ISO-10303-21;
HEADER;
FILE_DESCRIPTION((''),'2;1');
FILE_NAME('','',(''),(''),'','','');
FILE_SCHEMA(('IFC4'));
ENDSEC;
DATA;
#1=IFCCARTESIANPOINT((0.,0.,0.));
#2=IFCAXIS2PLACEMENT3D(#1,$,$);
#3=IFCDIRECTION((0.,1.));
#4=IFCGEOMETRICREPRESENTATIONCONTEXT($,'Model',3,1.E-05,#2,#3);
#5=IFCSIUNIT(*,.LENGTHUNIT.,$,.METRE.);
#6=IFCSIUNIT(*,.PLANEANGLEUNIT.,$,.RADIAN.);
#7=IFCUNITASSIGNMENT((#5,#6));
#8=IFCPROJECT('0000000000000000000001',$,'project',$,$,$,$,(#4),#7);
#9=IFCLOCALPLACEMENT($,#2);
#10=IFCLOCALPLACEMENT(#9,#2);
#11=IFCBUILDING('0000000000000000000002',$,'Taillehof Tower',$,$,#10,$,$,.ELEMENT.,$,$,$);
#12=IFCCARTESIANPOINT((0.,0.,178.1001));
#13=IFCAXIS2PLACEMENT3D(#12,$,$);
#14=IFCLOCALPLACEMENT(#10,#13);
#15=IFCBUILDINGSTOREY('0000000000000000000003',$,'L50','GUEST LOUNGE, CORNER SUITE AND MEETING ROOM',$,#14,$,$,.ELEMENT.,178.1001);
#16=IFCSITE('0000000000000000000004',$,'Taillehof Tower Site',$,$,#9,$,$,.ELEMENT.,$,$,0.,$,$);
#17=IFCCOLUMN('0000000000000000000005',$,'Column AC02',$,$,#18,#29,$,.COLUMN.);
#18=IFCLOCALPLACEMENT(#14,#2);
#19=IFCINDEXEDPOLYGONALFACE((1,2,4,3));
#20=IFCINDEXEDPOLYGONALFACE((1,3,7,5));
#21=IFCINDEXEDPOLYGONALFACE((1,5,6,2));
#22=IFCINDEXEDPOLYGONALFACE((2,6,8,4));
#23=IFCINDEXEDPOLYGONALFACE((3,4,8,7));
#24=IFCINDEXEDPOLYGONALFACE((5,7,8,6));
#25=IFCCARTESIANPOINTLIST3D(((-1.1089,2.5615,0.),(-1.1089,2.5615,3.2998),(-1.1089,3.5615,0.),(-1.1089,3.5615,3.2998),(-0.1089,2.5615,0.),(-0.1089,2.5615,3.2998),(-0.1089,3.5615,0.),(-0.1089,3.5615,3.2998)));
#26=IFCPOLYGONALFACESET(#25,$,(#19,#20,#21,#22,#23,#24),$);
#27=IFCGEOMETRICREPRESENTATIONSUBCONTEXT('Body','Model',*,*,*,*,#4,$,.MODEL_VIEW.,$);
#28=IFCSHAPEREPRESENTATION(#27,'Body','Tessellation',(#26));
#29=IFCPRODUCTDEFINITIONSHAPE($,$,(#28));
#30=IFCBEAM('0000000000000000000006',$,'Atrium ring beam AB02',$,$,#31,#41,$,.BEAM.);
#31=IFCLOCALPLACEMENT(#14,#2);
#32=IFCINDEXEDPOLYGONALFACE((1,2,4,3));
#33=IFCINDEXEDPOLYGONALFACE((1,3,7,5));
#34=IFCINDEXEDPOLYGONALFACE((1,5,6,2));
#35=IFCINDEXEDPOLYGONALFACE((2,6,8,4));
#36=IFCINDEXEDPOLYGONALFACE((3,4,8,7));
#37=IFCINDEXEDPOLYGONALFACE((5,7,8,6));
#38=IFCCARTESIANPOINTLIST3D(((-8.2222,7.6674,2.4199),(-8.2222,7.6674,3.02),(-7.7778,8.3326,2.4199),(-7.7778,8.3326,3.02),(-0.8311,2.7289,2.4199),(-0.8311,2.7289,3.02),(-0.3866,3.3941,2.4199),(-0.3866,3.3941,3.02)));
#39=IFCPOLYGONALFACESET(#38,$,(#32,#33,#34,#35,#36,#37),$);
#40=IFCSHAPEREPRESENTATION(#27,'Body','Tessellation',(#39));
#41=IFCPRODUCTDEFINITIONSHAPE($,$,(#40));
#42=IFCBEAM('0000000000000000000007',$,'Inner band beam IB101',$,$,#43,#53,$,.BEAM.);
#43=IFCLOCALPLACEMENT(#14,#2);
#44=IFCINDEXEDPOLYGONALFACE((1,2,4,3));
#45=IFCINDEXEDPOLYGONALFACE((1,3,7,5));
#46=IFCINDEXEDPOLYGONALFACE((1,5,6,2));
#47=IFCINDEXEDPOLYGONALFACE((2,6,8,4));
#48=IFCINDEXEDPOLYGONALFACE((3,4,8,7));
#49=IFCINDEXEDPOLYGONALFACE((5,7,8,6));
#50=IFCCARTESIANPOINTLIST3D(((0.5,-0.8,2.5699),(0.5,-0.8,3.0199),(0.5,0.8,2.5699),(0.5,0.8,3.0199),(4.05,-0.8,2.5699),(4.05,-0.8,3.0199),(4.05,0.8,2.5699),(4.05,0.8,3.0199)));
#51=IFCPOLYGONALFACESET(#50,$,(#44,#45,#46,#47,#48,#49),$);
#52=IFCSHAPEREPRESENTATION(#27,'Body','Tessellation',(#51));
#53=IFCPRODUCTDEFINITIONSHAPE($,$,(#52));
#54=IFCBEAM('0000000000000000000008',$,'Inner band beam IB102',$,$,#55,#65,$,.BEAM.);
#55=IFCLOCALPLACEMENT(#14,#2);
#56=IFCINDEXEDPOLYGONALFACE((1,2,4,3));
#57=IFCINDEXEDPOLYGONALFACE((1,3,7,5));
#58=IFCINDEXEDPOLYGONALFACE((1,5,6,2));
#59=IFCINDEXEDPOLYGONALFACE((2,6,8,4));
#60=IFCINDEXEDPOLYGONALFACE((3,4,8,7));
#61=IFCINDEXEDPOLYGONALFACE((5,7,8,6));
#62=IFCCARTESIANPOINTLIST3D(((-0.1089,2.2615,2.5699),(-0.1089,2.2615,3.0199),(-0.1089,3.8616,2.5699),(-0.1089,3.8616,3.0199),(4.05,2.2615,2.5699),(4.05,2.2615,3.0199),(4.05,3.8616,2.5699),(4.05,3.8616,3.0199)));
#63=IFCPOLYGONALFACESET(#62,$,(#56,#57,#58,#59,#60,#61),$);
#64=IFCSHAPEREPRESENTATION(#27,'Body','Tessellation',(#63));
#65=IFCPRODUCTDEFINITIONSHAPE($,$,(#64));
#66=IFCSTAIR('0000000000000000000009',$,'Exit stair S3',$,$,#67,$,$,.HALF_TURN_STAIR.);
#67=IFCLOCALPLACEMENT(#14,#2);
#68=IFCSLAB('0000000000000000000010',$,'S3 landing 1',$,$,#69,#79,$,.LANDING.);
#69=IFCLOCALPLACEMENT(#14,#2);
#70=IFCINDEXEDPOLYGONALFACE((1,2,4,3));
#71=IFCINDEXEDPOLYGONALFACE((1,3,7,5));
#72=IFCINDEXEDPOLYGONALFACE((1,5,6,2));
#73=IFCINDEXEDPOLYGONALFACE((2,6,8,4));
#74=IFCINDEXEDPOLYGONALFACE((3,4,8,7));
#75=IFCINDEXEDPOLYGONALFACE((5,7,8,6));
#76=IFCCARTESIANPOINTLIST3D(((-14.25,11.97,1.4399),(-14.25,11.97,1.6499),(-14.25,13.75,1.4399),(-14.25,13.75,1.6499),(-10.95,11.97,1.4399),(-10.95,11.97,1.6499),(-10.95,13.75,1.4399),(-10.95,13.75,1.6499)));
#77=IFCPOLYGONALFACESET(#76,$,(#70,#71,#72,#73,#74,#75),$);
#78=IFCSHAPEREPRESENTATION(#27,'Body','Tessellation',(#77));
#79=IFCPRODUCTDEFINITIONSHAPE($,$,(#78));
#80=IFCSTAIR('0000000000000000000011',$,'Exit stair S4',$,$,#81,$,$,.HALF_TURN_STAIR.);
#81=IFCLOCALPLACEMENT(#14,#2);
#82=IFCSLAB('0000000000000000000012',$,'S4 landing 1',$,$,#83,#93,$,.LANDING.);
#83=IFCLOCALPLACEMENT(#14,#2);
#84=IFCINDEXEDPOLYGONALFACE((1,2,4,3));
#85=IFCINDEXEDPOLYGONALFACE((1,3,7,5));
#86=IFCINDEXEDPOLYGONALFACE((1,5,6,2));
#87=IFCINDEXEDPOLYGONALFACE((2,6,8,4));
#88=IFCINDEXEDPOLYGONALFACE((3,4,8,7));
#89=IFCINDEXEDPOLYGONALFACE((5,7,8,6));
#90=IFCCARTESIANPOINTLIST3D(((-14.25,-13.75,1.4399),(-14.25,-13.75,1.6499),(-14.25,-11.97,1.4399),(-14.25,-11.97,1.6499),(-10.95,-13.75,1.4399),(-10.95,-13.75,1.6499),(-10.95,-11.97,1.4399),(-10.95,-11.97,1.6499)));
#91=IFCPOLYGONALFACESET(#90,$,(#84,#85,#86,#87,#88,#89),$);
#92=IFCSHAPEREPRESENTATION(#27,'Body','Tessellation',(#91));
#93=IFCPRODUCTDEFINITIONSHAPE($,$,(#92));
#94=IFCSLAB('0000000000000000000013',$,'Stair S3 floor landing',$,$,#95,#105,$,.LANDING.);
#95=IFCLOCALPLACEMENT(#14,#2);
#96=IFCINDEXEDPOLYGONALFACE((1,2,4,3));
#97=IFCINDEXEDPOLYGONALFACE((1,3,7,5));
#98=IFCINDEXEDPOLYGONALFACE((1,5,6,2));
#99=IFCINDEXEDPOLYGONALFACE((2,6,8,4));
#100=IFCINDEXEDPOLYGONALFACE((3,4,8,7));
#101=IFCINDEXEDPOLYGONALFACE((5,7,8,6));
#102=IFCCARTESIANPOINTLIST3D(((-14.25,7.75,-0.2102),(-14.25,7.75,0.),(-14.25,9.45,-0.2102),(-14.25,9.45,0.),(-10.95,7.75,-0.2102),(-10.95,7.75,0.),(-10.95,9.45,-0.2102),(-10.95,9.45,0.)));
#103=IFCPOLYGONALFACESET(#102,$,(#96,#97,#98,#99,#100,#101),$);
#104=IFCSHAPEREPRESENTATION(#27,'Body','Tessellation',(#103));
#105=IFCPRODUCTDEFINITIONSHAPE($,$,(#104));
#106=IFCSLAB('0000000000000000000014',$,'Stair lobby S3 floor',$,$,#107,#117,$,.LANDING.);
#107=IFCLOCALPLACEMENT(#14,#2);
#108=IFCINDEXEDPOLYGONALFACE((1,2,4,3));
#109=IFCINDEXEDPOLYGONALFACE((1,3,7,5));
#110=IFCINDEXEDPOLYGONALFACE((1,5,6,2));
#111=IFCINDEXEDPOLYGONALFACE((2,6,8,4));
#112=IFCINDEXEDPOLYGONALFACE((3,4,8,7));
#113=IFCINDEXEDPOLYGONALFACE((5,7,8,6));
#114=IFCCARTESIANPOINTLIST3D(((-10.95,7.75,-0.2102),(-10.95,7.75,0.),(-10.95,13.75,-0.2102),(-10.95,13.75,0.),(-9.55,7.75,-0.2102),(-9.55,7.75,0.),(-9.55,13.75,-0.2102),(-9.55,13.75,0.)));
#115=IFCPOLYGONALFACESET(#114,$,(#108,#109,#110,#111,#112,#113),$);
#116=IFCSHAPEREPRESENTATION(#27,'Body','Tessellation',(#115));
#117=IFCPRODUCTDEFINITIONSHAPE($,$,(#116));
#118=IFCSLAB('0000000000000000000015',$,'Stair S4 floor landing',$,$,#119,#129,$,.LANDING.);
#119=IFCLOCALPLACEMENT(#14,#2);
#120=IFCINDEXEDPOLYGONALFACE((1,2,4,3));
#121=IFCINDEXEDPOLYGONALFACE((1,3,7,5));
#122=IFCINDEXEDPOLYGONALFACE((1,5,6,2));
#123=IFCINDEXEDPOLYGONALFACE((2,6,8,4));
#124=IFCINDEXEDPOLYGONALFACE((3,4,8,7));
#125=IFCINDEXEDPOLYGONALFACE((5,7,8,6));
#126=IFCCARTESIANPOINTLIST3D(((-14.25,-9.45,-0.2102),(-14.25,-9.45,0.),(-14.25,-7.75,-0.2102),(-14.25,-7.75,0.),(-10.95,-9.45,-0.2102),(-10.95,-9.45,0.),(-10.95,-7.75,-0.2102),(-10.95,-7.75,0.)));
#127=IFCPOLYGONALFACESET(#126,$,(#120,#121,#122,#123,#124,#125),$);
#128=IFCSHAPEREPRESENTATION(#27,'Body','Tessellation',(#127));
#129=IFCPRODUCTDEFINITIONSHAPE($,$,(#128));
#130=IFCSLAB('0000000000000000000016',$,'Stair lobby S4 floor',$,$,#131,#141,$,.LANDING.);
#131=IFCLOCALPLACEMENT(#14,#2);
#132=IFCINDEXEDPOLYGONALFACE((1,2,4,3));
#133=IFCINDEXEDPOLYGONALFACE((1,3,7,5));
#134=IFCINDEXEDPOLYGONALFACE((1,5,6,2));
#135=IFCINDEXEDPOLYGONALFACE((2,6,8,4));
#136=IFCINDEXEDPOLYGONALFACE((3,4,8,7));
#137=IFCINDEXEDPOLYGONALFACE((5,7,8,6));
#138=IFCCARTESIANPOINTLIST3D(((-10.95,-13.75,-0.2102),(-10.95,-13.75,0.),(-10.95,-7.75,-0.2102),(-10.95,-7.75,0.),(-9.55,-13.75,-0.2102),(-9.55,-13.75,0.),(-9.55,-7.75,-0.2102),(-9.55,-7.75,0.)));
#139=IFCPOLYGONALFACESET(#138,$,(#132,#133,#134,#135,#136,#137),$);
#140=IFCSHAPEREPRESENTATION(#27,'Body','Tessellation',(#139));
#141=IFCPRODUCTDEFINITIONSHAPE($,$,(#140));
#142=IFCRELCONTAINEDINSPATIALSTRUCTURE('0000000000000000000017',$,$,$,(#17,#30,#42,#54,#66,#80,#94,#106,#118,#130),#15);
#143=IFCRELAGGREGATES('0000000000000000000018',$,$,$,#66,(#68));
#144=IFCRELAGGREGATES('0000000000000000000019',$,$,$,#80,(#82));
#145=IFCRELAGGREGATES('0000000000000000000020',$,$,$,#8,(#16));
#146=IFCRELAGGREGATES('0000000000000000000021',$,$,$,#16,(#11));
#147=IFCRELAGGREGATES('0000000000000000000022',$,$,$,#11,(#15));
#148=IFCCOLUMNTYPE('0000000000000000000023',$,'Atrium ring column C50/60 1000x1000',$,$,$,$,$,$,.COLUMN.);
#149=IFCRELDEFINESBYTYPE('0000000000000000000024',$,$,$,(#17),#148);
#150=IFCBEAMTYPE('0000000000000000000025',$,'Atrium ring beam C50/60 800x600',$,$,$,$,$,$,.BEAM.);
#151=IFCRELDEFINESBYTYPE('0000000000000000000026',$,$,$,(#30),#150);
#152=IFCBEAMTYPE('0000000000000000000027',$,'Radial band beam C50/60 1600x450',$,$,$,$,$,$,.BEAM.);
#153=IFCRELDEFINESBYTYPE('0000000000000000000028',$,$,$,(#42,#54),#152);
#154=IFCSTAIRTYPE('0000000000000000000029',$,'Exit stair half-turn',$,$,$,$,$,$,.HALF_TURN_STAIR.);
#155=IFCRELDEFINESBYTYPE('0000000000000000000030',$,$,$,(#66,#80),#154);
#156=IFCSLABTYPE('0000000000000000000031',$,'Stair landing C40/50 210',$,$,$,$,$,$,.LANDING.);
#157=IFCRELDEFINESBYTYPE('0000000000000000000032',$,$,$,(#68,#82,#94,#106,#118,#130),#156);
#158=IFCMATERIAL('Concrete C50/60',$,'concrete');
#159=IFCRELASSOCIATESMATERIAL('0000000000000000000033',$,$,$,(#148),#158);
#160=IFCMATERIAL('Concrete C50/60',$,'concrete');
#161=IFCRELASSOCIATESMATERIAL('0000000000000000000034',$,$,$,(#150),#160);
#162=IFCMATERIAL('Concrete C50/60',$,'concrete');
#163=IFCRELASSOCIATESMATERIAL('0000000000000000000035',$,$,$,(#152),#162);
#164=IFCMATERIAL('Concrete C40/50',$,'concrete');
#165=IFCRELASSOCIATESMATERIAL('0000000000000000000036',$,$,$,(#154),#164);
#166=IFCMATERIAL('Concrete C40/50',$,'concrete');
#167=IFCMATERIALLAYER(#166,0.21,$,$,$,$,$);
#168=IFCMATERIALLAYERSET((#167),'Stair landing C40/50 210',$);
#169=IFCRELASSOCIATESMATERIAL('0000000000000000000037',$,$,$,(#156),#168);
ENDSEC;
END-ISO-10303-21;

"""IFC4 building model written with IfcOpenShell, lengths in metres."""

from ifc_helpers import new_model, si_unit, direction, frame, origin, origin_2d, place, context, subcontext, project, spatial, polyline, rectangle, outline, extrude, material, layer, layer_set, material_profile, profile_set, type_object, element, aggregate, save


model = new_model("IFC4")

# Units and contexts
model_context = context("Model", 3, precision=1e-05, world=origin(), true_north=direction((0.0, 1.0)))
body_context = subcontext(model_context, "Body", "Model", "MODEL_VIEW")
ifc_project = project(units=[si_unit("LENGTHUNIT", "METRE"), si_unit("PLANEANGLEUNIT", "RADIAN")], contexts=[model_context])

# Site, building, storey
site_placement = place(None, origin())
site = spatial("IfcSite", under=ifc_project, at=site_placement, Name="Taillehof Tower Site", CompositionType="ELEMENT", RefElevation=0.0)
building_placement = place(site_placement, origin())
building = spatial("IfcBuilding", under=site, at=building_placement, Name="Taillehof Tower", CompositionType="ELEMENT")
storey_placement = place(building_placement, frame((0.0, 0.0, 178.1001)))
storey = spatial("IfcBuildingStorey", under=building, at=storey_placement, Name="L50", Description="GUEST LOUNGE, CORNER SUITE AND MEETING ROOM", CompositionType="ELEMENT", Elevation=178.1001)

# Column
ifc_material_1 = material(Name="Concrete C50/60", Category="concrete")
ifc_material_profile_1 = material_profile(ifc_material_1, rectangle(XDim=1.0, YDim=1.0, at=origin_2d()), Name="RC 1000x1000")
ifc_profile_set_1 = profile_set([ifc_material_profile_1], Name="Concrete C50/60")
column_type = type_object("IfcColumnType", Name="Atrium ring column C50/60 1000x1000", PredefinedType="COLUMN", material=ifc_profile_set_1)
column_placement = place(storey_placement, frame((-0.6089, 3.0615, 0.0), z_axis=(0.0, 0.0, 1.0), x_axis=(1.0, 0.0, 0.0)))
element("IfcColumn", 1, at=column_placement, inside=storey, type_object=column_type, Name="Column AC02", PredefinedType="COLUMN", context=body_context, shape_type="SweptSolid", body=[
    extrude(rectangle(XDim=1.0, YDim=1.0, at=origin_2d()), origin(), (0.0, 0.0, 1.0), 3.2998),
])

# Beams
ifc_material_2 = material(Name="Concrete C50/60", Category="concrete")
ifc_material_profile_2 = material_profile(ifc_material_2, rectangle(XDim=0.8, YDim=0.6001, at=origin_2d()), Name="RC 800x600")
ifc_profile_set_2 = profile_set([ifc_material_profile_2], Name="Concrete C50/60")
beam_type_1 = type_object("IfcBeamType", Name="Atrium ring beam C50/60 800x600", PredefinedType="BEAM", material=ifc_profile_set_2)
beam_1_placement = place(storey_placement, frame((-0.6089, 3.0615, 2.72), z_axis=(-0.831475, 0.555562, 0.0), x_axis=(-0.555562, -0.831475, 0.0)))
element("IfcBeam", 2, at=beam_1_placement, inside=storey, type_object=beam_type_1, Name="Atrium ring beam AB02", PredefinedType="BEAM", context=body_context, shape_type="SweptSolid", body=[
    extrude(rectangle(XDim=0.8, YDim=0.6001, at=origin_2d()), origin(), (0.0, 0.0, 1.0), 8.8892),
])
ifc_material_3 = material(Name="Concrete C50/60", Category="concrete")
ifc_material_profile_3 = material_profile(ifc_material_3, rectangle(XDim=1.6001, YDim=0.45, at=origin_2d()), Name="RC 1600x450")
ifc_profile_set_3 = profile_set([ifc_material_profile_3], Name="Concrete C50/60")
beam_type_2 = type_object("IfcBeamType", Name="Radial band beam C50/60 1600x450", PredefinedType="BEAM", material=ifc_profile_set_3)
beam_2_placement = place(storey_placement, frame((0.5, 0.0, 2.7949), z_axis=(1.0, 0.0, 0.0), x_axis=(0.0, 1.0, 0.0)))
element("IfcBeam", 3, at=beam_2_placement, inside=storey, type_object=beam_type_2, Name="Inner band beam IB101", PredefinedType="BEAM", context=body_context, shape_type="SweptSolid", body=[
    extrude(rectangle(XDim=1.6001, YDim=0.45, at=origin_2d()), origin(), (0.0, 0.0, 1.0), 3.55),
])
beam_3_placement = place(storey_placement, frame((-0.1089, 3.0615, 2.7949), z_axis=(1.0, 0.0, 0.0), x_axis=(0.0, 1.0, 0.0)))
element("IfcBeam", 4, at=beam_3_placement, inside=storey, type_object=beam_type_2, Name="Inner band beam IB102", PredefinedType="BEAM", context=body_context, shape_type="SweptSolid", body=[
    extrude(rectangle(XDim=1.6001, YDim=0.45, at=origin_2d()), origin(), (0.0, 0.0, 1.0), 4.1589),
])

# Stairs, slabs
ifc_material_4 = material(Name="Concrete C40/50", Category="concrete")
stair_type = type_object("IfcStairType", Name="Exit stair half-turn", PredefinedType="HALF_TURN_STAIR", material=ifc_material_4)
stair_1_placement = place(storey_placement, origin())
stair_1 = element("IfcStair", 5, at=stair_1_placement, inside=storey, type_object=stair_type, Name="Exit stair S3", PredefinedType="HALF_TURN_STAIR")
ifc_material_5 = material(Name="Concrete C40/50", Category="concrete")
ifc_layer_1 = layer(ifc_material_5, 0.21)
ifc_layer_set_1 = layer_set([ifc_layer_1], Name="Stair landing C40/50 210")
slab_type = type_object("IfcSlabType", Name="Stair landing C40/50 210", PredefinedType="LANDING", material=ifc_layer_set_1)
slab_1_placement = place(storey_placement, frame((0.0, 0.0, 1.4399)))
slab_1 = element("IfcSlab", 6, at=slab_1_placement, type_object=slab_type, Name="S3 landing 1", PredefinedType="LANDING", context=body_context, shape_type="SweptSolid", body=[
    extrude(outline(polyline([(-14.25, 11.97), (-14.25, 13.75), (-10.95, 13.75), (-10.95, 11.97), (-14.25, 11.97)])), origin(), (0.0, 0.0, 1.0), 0.21),
])
aggregate(stair_1, [slab_1])
stair_2_placement = place(storey_placement, origin())
stair_2 = element("IfcStair", 7, at=stair_2_placement, inside=storey, type_object=stair_type, Name="Exit stair S4", PredefinedType="HALF_TURN_STAIR")
slab_2_placement = place(storey_placement, frame((0.0, 0.0, 1.4399)))
slab_2 = element("IfcSlab", 8, at=slab_2_placement, type_object=slab_type, Name="S4 landing 1", PredefinedType="LANDING", context=body_context, shape_type="SweptSolid", body=[
    extrude(outline(polyline([(-14.25, -11.97), (-14.25, -13.75), (-10.95, -13.75), (-10.95, -11.97), (-14.25, -11.97)])), origin(), (0.0, 0.0, 1.0), 0.21),
])
aggregate(stair_2, [slab_2])

# Slabs
slab_3_placement = place(storey_placement, frame((0.0, 0.0, -0.2102)))
element("IfcSlab", 9, at=slab_3_placement, inside=storey, type_object=slab_type, Name="Stair S3 floor landing", PredefinedType="LANDING", context=body_context, shape_type="SweptSolid", body=[
    extrude(outline(polyline([(-14.25, 7.75), (-14.25, 9.45), (-10.95, 9.45), (-10.95, 7.75), (-14.25, 7.75)])), origin(), (0.0, 0.0, 1.0), 0.2102),
])
slab_4_placement = place(storey_placement, frame((0.0, 0.0, -0.2102)))
element("IfcSlab", 10, at=slab_4_placement, inside=storey, type_object=slab_type, Name="Stair lobby S3 floor", PredefinedType="LANDING", context=body_context, shape_type="SweptSolid", body=[
    extrude(outline(polyline([(-10.95, 7.75), (-9.55, 7.75), (-9.55, 13.75), (-10.95, 13.75), (-10.95, 7.75)])), origin(), (0.0, 0.0, 1.0), 0.2102),
])
slab_5_placement = place(storey_placement, frame((0.0, 0.0, -0.2102)))
element("IfcSlab", 11, at=slab_5_placement, inside=storey, type_object=slab_type, Name="Stair S4 floor landing", PredefinedType="LANDING", context=body_context, shape_type="SweptSolid", body=[
    extrude(outline(polyline([(-14.25, -7.75), (-14.25, -9.45), (-10.95, -9.45), (-10.95, -7.75), (-14.25, -7.75)])), origin(), (0.0, 0.0, 1.0), 0.2102),
])
slab_6_placement = place(storey_placement, frame((0.0, 0.0, -0.2102)))
element("IfcSlab", 12, at=slab_6_placement, inside=storey, type_object=slab_type, Name="Stair lobby S4 floor", PredefinedType="LANDING", context=body_context, shape_type="SweptSolid", body=[
    extrude(outline(polyline([(-10.95, -13.75), (-9.55, -13.75), (-9.55, -7.75), (-10.95, -7.75), (-10.95, -13.75)])), origin(), (0.0, 0.0, 1.0), 0.2102),
])

save(model, "model.ifc")
